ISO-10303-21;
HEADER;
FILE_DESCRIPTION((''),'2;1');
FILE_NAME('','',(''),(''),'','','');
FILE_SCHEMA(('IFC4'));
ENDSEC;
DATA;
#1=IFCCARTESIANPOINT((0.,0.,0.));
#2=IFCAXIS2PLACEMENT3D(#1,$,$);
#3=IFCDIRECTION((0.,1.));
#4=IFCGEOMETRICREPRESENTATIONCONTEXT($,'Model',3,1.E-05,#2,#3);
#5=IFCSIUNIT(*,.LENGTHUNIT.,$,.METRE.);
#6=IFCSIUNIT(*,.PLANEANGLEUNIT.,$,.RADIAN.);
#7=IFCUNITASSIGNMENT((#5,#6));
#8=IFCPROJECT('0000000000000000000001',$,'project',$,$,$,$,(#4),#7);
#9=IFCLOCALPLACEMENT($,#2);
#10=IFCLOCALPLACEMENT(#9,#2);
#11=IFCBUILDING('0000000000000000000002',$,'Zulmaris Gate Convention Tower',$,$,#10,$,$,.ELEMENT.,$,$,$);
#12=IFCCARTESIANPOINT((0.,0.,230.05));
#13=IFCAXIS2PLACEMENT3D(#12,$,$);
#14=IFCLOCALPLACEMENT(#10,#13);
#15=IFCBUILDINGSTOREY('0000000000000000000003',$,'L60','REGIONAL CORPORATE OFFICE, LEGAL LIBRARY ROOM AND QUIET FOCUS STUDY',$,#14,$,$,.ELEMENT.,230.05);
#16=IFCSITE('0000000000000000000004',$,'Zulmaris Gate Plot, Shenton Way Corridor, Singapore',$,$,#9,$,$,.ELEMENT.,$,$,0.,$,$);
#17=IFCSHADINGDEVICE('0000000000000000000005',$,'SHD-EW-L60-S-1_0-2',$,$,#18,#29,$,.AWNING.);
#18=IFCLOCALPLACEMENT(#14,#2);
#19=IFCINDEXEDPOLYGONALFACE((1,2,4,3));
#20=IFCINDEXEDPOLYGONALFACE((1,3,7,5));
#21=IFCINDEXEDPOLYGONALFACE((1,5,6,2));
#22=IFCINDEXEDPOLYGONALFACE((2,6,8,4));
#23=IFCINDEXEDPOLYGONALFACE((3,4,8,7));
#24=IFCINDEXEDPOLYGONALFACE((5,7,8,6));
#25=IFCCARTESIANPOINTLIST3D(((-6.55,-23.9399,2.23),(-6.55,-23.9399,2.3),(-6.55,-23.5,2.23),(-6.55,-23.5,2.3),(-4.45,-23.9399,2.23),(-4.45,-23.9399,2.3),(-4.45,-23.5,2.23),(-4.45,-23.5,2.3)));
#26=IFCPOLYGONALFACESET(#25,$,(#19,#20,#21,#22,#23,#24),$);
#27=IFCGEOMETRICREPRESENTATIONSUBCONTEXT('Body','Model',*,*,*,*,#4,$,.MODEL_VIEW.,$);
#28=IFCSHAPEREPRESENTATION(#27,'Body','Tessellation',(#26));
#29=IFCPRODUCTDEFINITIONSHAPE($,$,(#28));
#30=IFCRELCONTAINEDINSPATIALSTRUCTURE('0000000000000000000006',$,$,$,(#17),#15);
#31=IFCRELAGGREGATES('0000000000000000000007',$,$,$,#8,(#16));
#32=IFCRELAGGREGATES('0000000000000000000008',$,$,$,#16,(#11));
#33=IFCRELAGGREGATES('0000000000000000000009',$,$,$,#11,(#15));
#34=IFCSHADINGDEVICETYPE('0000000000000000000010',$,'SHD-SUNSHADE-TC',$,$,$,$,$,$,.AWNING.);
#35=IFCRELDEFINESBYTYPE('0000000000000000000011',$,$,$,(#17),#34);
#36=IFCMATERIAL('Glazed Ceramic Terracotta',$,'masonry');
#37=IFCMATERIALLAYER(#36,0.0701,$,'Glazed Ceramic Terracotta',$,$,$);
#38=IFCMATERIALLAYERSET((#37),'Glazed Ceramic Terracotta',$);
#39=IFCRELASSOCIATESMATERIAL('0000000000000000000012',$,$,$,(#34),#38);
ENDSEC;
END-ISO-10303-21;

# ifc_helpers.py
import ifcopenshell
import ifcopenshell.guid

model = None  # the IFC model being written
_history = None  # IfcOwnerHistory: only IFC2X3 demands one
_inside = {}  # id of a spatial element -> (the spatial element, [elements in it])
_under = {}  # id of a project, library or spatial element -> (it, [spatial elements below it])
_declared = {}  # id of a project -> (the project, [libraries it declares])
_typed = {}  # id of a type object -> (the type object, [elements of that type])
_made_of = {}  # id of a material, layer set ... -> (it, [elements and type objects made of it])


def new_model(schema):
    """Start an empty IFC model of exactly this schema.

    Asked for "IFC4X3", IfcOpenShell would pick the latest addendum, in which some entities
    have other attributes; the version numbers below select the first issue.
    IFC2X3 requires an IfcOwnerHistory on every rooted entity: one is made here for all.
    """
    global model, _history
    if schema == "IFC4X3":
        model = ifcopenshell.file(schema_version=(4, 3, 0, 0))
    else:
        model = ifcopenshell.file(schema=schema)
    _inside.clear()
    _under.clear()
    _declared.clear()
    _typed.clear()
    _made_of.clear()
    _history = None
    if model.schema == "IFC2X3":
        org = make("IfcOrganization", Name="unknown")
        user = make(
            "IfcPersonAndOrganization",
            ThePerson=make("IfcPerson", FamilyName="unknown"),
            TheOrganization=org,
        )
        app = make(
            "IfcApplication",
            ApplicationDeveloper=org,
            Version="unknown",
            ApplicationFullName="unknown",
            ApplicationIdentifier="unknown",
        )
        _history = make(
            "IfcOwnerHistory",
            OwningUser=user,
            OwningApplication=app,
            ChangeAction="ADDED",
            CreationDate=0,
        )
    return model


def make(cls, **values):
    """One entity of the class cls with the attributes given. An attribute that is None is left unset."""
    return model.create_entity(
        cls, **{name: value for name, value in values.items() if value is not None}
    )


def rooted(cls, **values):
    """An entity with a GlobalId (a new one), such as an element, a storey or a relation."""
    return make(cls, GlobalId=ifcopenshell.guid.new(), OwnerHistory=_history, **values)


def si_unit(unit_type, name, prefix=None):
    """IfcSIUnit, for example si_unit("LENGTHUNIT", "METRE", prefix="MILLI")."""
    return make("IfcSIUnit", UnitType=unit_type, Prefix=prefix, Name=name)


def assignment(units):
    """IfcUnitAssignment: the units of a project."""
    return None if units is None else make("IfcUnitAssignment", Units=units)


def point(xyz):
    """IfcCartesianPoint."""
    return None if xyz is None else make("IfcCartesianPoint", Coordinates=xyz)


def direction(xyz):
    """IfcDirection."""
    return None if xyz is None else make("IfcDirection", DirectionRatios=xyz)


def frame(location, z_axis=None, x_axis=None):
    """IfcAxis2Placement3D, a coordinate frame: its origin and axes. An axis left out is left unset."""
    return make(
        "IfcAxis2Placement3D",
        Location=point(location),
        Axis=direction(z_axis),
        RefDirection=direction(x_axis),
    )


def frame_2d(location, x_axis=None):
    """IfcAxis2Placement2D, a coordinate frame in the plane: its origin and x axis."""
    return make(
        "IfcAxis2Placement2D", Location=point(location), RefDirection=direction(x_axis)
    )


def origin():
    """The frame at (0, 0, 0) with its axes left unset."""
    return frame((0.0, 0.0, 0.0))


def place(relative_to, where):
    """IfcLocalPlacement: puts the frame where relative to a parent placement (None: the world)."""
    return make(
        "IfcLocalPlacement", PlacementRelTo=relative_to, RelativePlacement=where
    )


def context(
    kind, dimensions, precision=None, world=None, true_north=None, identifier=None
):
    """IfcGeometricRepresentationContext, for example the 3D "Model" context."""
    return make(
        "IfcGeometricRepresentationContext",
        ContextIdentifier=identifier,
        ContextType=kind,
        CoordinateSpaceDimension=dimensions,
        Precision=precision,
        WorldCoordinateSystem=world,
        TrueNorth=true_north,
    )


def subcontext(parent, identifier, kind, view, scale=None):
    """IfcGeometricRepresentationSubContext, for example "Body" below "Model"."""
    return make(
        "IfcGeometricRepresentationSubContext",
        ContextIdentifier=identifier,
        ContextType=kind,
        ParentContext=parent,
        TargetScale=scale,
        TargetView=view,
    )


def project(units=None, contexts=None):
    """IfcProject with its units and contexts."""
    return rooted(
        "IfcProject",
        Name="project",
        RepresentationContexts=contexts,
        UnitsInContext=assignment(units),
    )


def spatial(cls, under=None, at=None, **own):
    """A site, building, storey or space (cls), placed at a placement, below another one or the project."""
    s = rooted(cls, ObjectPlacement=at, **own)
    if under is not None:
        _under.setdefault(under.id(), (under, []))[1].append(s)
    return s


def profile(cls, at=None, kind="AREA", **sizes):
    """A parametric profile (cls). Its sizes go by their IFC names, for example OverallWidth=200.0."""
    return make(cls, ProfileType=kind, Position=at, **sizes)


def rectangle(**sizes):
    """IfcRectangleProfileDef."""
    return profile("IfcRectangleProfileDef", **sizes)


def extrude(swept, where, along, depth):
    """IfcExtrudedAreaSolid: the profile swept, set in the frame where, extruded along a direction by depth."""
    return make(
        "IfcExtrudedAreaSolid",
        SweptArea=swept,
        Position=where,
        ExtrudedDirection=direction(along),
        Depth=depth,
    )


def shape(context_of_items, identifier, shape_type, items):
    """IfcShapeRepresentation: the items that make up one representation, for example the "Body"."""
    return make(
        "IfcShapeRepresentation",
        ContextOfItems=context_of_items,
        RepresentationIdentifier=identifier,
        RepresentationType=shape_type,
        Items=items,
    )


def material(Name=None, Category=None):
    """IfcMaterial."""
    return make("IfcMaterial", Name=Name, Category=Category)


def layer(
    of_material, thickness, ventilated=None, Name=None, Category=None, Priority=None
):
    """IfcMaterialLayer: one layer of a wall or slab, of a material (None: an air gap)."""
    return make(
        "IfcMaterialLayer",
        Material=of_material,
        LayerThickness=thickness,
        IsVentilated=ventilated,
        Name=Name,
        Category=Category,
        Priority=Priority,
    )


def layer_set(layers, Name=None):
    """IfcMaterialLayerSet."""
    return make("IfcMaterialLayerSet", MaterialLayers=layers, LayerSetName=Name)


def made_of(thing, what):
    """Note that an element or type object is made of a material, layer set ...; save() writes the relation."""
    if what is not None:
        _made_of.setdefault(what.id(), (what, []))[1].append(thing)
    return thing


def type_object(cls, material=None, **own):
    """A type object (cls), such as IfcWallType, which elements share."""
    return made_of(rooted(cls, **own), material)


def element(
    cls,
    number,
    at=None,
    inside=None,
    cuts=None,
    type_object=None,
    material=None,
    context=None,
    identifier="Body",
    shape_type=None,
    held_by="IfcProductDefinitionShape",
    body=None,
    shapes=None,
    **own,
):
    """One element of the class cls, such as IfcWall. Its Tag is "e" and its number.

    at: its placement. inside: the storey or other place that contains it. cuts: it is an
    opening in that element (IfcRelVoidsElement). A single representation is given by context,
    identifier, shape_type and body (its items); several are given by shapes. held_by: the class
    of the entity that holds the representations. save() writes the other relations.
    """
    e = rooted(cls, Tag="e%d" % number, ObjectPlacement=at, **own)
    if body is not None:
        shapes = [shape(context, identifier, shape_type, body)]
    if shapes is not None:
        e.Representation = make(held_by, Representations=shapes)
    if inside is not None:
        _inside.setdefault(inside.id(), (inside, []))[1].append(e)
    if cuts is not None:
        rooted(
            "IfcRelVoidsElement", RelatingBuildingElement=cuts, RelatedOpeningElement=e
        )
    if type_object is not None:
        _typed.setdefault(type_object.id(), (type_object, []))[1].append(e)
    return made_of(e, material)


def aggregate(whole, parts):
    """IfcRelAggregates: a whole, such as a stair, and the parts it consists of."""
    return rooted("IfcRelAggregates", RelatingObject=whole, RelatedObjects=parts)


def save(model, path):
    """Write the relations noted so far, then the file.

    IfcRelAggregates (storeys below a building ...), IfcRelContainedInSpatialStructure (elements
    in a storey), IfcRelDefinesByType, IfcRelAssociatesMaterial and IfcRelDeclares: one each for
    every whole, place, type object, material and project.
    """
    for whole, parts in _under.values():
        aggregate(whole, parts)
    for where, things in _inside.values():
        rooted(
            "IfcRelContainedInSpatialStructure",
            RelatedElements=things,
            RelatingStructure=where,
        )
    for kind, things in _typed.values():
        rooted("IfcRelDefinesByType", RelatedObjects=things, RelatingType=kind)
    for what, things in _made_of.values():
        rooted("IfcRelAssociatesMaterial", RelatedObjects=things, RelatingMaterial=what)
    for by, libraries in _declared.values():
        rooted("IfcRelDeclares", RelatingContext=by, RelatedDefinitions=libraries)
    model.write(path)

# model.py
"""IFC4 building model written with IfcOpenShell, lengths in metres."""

from ifc_helpers import new_model, si_unit, direction, frame, frame_2d, origin, place, context, subcontext, project, spatial, rectangle, extrude, material, layer, layer_set, type_object, element, save


model = new_model("IFC4")

# Units and contexts
model_context = context("Model", 3, precision=1e-05, world=origin(), true_north=direction((0.0, 1.0)))
body_context = subcontext(model_context, "Body", "Model", "MODEL_VIEW")
ifc_project = project(units=[si_unit("LENGTHUNIT", "METRE"), si_unit("PLANEANGLEUNIT", "RADIAN")], contexts=[model_context])

# Site, building, storey
site_placement = place(None, origin())
site = spatial("IfcSite", under=ifc_project, at=site_placement, Name="Zulmaris Gate Plot, Shenton Way Corridor, Singapore", CompositionType="ELEMENT", RefElevation=0.0)
building_placement = place(site_placement, origin())
building = spatial("IfcBuilding", under=site, at=building_placement, Name="Zulmaris Gate Convention Tower", CompositionType="ELEMENT")
storey_placement = place(building_placement, frame((0.0, 0.0, 230.05)))
storey = spatial("IfcBuildingStorey", under=building, at=storey_placement, Name="L60", Description="REGIONAL CORPORATE OFFICE, LEGAL LIBRARY ROOM AND QUIET FOCUS STUDY", CompositionType="ELEMENT", Elevation=230.05)

# Shading device
ifc_material_1 = material(Name="Glazed Ceramic Terracotta", Category="masonry")
ifc_layer_1 = layer(ifc_material_1, 0.0701, Name="Glazed Ceramic Terracotta")
ifc_layer_set_1 = layer_set([ifc_layer_1], Name="Glazed Ceramic Terracotta")
shading_device_type = type_object("IfcShadingDeviceType", Name="SHD-SUNSHADE-TC", PredefinedType="AWNING", material=ifc_layer_set_1)
shading_device_placement = place(storey_placement, frame((-6.55, -23.72, 2.23), z_axis=(0.0, 0.0, 1.0), x_axis=(1.0, 0.0, 0.0)))
element("IfcShadingDevice", 1, at=shading_device_placement, inside=storey, type_object=shading_device_type, Name="SHD-EW-L60-S-1_0-2", PredefinedType="AWNING", context=body_context, shape_type="SweptSolid", body=[
    extrude(rectangle(XDim=2.1001, YDim=0.4399, at=frame_2d((1.05, 0.0))), origin(), (0.0, 0.0, 1.0), 0.0701),
])

save(model, "model.ifc")
